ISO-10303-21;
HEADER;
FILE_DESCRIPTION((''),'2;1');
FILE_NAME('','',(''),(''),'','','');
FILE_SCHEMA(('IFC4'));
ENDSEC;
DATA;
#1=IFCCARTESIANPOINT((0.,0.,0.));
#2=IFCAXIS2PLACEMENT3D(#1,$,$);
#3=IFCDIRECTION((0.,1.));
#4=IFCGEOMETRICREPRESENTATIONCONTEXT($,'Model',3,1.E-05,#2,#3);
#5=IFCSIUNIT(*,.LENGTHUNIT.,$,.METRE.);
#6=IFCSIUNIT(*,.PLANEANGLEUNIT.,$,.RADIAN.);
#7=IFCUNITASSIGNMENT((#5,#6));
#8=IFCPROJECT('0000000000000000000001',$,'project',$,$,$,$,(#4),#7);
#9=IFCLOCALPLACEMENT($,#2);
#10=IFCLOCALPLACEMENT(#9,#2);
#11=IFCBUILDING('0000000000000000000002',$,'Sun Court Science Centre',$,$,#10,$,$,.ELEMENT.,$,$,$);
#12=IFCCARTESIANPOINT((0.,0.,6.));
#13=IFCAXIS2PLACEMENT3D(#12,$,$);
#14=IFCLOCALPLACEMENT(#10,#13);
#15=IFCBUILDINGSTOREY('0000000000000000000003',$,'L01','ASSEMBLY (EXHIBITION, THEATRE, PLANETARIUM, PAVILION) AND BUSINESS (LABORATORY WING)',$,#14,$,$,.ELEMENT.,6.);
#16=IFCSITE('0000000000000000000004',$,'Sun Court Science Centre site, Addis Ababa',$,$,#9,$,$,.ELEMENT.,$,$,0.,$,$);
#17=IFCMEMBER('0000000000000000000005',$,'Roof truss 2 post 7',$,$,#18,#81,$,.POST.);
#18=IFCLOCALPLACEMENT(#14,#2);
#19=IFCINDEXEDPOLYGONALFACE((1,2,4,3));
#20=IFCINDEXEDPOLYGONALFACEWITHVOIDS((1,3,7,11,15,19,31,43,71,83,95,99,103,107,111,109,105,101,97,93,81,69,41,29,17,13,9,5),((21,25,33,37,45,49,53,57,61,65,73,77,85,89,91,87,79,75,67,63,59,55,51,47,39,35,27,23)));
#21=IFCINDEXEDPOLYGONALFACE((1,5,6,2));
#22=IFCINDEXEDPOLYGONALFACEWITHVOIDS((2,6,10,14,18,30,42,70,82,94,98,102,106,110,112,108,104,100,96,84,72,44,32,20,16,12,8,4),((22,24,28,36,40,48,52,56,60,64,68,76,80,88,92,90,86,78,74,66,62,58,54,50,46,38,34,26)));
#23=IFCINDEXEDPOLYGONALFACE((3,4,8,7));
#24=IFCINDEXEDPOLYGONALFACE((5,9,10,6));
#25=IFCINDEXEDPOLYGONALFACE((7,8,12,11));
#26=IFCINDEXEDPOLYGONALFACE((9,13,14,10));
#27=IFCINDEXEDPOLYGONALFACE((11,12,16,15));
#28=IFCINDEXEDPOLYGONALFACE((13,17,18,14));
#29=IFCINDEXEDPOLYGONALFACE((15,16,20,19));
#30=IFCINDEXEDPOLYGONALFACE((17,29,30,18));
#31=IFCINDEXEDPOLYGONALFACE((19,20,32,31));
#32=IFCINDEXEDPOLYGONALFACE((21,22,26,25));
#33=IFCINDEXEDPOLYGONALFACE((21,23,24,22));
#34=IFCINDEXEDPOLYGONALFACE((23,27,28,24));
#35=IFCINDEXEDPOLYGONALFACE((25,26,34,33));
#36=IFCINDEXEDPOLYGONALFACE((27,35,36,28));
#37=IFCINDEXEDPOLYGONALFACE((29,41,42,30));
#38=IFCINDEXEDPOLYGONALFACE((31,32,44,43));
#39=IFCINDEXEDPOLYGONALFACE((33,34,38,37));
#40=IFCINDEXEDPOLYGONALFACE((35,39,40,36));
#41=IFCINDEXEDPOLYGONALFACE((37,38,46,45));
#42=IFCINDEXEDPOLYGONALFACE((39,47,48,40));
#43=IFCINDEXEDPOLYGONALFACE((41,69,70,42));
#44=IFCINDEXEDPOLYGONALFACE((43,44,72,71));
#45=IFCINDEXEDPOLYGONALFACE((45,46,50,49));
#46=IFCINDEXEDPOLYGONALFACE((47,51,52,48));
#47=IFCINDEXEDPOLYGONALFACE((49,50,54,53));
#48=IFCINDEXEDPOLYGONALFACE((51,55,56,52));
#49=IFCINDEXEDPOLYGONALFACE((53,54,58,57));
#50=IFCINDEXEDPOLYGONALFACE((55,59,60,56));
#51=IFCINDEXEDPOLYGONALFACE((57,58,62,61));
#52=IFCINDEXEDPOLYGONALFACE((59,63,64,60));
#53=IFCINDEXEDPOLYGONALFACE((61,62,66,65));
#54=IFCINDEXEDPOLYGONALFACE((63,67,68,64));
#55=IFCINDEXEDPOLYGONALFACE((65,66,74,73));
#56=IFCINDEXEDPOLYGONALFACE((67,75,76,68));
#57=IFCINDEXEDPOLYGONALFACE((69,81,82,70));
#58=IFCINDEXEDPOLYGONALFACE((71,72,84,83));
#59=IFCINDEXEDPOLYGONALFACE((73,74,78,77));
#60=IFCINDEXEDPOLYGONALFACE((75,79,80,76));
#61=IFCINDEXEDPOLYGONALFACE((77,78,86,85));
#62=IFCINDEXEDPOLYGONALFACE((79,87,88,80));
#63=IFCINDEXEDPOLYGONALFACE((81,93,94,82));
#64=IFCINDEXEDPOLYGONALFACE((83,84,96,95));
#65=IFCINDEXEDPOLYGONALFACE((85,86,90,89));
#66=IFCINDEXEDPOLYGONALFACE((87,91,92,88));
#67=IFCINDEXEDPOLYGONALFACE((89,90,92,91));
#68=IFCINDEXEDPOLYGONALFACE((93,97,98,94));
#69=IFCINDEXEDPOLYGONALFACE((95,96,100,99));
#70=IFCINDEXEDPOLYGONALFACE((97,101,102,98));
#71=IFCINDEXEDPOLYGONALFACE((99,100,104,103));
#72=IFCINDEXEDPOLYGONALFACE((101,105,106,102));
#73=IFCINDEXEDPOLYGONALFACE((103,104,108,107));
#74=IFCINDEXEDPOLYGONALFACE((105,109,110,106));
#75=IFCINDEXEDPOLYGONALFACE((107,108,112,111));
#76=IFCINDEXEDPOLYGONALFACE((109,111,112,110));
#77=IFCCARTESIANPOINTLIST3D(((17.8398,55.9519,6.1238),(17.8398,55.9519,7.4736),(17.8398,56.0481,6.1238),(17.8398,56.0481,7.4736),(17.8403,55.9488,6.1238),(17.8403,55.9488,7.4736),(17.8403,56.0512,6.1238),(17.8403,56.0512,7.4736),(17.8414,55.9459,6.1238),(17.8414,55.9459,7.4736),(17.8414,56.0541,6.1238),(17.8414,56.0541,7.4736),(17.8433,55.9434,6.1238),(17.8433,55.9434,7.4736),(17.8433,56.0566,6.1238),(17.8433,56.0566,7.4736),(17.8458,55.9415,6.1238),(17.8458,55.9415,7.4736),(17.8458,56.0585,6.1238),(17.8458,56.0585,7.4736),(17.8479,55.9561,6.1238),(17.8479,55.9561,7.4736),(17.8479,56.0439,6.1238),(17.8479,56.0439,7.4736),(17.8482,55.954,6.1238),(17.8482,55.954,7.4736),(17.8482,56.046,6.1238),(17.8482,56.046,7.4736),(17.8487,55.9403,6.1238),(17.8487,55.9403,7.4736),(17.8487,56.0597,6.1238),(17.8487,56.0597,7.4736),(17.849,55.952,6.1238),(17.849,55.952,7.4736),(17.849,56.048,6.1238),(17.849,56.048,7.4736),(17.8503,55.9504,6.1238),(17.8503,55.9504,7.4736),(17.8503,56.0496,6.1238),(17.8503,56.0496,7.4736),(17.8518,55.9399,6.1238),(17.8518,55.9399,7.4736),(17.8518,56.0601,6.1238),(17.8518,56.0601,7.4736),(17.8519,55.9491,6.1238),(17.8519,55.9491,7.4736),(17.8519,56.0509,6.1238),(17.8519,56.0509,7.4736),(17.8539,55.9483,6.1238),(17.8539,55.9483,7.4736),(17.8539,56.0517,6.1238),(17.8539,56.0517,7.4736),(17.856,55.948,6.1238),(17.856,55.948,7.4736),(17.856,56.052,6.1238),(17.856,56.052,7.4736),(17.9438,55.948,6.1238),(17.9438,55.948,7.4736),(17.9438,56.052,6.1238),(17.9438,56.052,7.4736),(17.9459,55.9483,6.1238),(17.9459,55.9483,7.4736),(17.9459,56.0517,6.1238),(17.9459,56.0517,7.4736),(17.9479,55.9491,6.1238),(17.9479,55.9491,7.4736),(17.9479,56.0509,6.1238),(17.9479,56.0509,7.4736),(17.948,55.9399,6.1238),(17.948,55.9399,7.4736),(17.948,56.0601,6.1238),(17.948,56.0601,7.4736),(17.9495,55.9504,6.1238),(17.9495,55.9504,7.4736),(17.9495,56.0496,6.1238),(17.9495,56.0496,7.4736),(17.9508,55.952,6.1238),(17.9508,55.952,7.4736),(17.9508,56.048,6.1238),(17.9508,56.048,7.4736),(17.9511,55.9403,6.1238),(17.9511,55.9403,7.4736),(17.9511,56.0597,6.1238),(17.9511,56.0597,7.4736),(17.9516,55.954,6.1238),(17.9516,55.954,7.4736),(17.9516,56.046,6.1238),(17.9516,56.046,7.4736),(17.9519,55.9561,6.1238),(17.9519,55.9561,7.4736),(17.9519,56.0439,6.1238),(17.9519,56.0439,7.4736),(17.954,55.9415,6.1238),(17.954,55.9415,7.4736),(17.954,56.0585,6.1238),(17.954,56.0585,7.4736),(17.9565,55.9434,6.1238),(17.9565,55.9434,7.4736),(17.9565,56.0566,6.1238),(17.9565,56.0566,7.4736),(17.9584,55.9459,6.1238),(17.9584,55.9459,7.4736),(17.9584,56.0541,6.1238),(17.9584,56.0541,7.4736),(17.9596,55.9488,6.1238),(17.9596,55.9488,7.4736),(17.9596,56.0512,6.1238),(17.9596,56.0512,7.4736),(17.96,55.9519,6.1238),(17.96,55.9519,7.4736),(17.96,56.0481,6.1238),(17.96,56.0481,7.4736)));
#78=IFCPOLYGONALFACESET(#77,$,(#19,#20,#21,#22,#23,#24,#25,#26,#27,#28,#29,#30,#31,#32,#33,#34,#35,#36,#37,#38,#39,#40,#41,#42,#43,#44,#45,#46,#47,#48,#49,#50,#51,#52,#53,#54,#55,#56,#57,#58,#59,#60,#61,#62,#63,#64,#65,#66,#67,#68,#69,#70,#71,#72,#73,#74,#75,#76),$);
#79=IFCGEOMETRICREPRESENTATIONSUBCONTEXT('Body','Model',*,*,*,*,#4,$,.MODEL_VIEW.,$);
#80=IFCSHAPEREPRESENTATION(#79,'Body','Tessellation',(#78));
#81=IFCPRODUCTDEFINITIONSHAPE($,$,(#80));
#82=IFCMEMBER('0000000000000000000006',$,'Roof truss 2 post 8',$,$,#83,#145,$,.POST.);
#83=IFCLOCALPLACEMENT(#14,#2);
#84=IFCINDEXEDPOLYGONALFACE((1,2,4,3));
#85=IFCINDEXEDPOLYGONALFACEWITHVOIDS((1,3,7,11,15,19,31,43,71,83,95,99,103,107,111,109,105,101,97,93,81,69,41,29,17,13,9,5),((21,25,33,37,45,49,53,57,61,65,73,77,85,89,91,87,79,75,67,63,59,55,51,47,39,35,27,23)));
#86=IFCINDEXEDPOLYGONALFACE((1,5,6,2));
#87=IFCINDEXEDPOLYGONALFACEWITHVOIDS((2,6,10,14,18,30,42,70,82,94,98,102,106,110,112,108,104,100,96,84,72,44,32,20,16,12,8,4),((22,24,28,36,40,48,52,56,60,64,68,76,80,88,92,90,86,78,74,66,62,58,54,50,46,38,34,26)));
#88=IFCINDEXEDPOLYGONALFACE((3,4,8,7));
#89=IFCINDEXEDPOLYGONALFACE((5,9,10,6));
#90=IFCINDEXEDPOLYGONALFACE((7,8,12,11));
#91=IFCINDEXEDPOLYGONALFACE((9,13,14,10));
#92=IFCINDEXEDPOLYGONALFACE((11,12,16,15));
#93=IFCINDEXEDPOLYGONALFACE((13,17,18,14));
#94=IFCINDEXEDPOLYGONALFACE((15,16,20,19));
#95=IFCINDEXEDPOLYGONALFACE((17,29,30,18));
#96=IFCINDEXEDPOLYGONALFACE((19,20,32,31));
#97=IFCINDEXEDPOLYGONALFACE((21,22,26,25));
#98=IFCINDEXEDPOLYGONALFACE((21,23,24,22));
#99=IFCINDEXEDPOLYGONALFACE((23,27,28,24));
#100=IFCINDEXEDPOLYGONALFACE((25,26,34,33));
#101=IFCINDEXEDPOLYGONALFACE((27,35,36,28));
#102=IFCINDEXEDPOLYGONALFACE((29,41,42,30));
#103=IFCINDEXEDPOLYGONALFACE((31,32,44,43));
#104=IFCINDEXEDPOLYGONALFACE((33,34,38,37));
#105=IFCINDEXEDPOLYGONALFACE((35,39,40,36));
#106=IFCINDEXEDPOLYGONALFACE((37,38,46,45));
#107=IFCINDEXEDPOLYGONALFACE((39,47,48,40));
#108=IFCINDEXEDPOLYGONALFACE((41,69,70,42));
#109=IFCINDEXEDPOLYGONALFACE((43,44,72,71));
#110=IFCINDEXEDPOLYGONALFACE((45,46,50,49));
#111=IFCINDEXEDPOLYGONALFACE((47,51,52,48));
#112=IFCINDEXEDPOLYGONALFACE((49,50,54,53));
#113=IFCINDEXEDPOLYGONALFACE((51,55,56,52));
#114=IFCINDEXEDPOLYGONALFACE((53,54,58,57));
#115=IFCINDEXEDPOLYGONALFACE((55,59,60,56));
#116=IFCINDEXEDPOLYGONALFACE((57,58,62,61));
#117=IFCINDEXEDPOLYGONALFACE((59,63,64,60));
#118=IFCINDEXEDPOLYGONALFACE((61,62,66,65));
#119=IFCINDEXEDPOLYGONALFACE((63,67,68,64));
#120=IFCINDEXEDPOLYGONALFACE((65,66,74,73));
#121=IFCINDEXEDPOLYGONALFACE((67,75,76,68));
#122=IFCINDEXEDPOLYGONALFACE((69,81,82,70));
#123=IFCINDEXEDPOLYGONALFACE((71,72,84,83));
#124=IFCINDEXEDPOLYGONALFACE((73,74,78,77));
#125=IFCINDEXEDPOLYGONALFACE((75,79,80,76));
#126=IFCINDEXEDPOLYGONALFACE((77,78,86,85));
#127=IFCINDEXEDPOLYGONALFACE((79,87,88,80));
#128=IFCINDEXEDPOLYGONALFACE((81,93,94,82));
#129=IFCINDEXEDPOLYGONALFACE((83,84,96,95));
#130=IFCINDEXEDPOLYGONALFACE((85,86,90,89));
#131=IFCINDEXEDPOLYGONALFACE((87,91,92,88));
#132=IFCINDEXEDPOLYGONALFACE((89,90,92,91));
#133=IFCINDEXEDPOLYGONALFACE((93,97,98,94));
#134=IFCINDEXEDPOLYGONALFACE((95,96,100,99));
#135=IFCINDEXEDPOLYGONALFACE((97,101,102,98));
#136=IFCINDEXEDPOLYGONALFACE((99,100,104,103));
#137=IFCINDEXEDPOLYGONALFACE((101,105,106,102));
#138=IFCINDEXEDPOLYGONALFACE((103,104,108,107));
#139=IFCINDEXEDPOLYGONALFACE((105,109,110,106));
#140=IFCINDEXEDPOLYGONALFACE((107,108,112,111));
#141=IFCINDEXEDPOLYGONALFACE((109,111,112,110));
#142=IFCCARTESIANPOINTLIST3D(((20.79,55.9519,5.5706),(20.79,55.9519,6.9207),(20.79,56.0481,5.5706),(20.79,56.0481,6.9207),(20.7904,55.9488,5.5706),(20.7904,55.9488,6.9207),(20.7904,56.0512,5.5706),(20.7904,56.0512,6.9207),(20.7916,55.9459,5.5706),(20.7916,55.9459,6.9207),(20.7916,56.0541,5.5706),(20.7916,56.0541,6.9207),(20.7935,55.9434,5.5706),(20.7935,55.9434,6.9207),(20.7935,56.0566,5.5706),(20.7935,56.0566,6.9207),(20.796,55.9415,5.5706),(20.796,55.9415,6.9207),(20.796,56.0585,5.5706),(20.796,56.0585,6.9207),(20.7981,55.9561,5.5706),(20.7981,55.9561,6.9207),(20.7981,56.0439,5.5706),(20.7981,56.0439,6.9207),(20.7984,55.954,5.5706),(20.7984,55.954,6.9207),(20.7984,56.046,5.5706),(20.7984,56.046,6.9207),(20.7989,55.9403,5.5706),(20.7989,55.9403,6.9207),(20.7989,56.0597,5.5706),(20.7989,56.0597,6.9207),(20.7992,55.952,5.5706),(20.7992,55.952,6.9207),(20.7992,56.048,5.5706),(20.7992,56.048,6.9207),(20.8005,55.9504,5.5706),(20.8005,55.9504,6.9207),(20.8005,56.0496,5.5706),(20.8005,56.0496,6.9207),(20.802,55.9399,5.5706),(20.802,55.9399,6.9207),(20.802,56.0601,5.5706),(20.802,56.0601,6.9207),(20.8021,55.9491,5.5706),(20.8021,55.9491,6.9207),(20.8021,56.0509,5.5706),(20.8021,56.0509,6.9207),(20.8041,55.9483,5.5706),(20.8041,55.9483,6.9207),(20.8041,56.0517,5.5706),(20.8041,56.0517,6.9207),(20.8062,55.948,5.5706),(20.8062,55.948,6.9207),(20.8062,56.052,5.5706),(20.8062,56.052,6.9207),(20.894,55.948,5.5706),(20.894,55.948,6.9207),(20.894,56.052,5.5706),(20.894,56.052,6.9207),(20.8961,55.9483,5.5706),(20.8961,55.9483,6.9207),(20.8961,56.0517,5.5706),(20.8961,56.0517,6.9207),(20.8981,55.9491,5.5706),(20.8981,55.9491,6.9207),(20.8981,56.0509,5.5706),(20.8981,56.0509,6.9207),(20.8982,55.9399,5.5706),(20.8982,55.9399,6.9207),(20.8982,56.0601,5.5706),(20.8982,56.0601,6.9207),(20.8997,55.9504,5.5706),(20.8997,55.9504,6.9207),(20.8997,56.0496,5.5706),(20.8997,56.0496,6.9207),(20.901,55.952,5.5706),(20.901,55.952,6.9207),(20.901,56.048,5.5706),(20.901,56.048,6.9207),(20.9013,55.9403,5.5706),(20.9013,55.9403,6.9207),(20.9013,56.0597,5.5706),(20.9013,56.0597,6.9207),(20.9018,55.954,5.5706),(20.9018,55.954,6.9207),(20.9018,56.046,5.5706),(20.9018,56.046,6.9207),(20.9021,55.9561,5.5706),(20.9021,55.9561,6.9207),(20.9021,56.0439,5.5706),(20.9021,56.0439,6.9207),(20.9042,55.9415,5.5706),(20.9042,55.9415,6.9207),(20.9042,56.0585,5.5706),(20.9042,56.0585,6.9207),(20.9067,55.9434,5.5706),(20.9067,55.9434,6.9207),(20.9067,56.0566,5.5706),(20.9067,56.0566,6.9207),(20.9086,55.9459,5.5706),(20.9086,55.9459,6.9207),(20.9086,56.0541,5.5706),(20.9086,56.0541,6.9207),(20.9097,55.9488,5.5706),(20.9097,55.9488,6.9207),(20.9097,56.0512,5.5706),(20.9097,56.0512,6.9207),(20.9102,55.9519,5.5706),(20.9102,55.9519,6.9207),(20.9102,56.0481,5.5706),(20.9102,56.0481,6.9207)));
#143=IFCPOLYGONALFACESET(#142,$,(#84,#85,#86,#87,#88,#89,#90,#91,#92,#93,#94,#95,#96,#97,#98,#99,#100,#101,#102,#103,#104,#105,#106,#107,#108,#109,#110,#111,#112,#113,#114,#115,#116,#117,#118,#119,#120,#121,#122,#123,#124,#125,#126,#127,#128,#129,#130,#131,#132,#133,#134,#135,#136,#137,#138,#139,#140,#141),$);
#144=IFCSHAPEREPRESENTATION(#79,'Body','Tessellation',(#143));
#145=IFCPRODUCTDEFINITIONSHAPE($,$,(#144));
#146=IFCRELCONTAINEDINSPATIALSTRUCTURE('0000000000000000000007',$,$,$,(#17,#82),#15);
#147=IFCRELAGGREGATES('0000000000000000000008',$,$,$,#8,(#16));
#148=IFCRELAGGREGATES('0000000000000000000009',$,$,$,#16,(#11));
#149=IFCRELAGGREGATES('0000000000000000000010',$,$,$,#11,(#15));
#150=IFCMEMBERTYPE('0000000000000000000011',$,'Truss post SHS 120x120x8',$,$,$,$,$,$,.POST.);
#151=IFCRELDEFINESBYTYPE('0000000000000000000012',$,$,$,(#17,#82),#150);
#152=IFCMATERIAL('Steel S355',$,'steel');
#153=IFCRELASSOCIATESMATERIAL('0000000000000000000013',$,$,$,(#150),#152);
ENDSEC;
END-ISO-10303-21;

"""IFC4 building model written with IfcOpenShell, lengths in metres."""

from ifc_helpers import new_model, si_unit, direction, frame, origin, origin_2d, place, context, subcontext, project, spatial, hollow_rectangle, extrude, material, material_profile, profile_set, type_object, element, save


model = new_model("IFC4")

# Units and contexts
model_context = context("Model", 3, precision=1e-05, world=origin(), true_north=direction((0.0, 1.0)))
body_context = subcontext(model_context, "Body", "Model", "MODEL_VIEW")
ifc_project = project(units=[si_unit("LENGTHUNIT", "METRE"), si_unit("PLANEANGLEUNIT", "RADIAN")], contexts=[model_context])

# Site, building, storey
site_placement = place(None, origin())
site = spatial("IfcSite", under=ifc_project, at=site_placement, Name="Sun Court Science Centre site, Addis Ababa", CompositionType="ELEMENT", RefElevation=0.0)
building_placement = place(site_placement, origin())
building = spatial("IfcBuilding", under=site, at=building_placement, Name="Sun Court Science Centre", CompositionType="ELEMENT")
storey_placement = place(building_placement, frame((0.0, 0.0, 6.0)))
storey = spatial("IfcBuildingStorey", under=building, at=storey_placement, Name="L01", Description="ASSEMBLY (EXHIBITION, THEATRE, PLANETARIUM, PAVILION) AND BUSINESS (LABORATORY WING)", CompositionType="ELEMENT", Elevation=6.0)

# Members
ifc_material_1 = material(Name="Steel S355", Category="steel")
ifc_material_profile_1 = material_profile(ifc_material_1, hollow_rectangle(XDim=0.1201, YDim=0.1201, WallThickness=0.0081, InnerFilletRadius=0.0081, OuterFilletRadius=0.012, at=origin_2d()), Name="SHS 120x120x8")
ifc_profile_set_1 = profile_set([ifc_material_profile_1], Name="Steel S355")
member_type_1 = type_object("IfcMemberType", Name="Truss post SHS 120x120x8", PredefinedType="POST", material=ifc_profile_set_1)
for number, where, z_axis, x_axis, name in (
    (1, (17.8999, 56.0, 6.1238), (0.0, 0.0, 1.0), (1.0, 0.0, 0.0), "Roof truss 2 post 7"),
):
    element("IfcMember", number, at=place(storey_placement, frame(where, z_axis=z_axis, x_axis=x_axis)), inside=storey, type_object=member_type_1, Name=name, PredefinedType="POST", context=body_context, shape_type="SweptSolid", body=[
        extrude(hollow_rectangle(XDim=0.1201, YDim=0.1201, WallThickness=0.0081, InnerFilletRadius=0.0081, OuterFilletRadius=0.012, at=origin_2d()), origin(), (0.0, 0.0, 1.0), 1.3499),
    ])
member_1_placement = place(storey_placement, frame((20.8501, 56.0, 5.5706), z_axis=(0.0, 0.0, 1.0), x_axis=(1.0, 0.0, 0.0)))
element("IfcMember", 2, at=member_1_placement, inside=storey, type_object=member_type_1, Name="Roof truss 2 post 8", PredefinedType="POST", context=body_context, shape_type="SweptSolid", body=[
    extrude(hollow_rectangle(XDim=0.1201, YDim=0.1201, WallThickness=0.0081, InnerFilletRadius=0.0081, OuterFilletRadius=0.012, at=origin_2d()), origin(), (0.0, 0.0, 1.0), 1.3501),
])

save(model, "model.ifc")
